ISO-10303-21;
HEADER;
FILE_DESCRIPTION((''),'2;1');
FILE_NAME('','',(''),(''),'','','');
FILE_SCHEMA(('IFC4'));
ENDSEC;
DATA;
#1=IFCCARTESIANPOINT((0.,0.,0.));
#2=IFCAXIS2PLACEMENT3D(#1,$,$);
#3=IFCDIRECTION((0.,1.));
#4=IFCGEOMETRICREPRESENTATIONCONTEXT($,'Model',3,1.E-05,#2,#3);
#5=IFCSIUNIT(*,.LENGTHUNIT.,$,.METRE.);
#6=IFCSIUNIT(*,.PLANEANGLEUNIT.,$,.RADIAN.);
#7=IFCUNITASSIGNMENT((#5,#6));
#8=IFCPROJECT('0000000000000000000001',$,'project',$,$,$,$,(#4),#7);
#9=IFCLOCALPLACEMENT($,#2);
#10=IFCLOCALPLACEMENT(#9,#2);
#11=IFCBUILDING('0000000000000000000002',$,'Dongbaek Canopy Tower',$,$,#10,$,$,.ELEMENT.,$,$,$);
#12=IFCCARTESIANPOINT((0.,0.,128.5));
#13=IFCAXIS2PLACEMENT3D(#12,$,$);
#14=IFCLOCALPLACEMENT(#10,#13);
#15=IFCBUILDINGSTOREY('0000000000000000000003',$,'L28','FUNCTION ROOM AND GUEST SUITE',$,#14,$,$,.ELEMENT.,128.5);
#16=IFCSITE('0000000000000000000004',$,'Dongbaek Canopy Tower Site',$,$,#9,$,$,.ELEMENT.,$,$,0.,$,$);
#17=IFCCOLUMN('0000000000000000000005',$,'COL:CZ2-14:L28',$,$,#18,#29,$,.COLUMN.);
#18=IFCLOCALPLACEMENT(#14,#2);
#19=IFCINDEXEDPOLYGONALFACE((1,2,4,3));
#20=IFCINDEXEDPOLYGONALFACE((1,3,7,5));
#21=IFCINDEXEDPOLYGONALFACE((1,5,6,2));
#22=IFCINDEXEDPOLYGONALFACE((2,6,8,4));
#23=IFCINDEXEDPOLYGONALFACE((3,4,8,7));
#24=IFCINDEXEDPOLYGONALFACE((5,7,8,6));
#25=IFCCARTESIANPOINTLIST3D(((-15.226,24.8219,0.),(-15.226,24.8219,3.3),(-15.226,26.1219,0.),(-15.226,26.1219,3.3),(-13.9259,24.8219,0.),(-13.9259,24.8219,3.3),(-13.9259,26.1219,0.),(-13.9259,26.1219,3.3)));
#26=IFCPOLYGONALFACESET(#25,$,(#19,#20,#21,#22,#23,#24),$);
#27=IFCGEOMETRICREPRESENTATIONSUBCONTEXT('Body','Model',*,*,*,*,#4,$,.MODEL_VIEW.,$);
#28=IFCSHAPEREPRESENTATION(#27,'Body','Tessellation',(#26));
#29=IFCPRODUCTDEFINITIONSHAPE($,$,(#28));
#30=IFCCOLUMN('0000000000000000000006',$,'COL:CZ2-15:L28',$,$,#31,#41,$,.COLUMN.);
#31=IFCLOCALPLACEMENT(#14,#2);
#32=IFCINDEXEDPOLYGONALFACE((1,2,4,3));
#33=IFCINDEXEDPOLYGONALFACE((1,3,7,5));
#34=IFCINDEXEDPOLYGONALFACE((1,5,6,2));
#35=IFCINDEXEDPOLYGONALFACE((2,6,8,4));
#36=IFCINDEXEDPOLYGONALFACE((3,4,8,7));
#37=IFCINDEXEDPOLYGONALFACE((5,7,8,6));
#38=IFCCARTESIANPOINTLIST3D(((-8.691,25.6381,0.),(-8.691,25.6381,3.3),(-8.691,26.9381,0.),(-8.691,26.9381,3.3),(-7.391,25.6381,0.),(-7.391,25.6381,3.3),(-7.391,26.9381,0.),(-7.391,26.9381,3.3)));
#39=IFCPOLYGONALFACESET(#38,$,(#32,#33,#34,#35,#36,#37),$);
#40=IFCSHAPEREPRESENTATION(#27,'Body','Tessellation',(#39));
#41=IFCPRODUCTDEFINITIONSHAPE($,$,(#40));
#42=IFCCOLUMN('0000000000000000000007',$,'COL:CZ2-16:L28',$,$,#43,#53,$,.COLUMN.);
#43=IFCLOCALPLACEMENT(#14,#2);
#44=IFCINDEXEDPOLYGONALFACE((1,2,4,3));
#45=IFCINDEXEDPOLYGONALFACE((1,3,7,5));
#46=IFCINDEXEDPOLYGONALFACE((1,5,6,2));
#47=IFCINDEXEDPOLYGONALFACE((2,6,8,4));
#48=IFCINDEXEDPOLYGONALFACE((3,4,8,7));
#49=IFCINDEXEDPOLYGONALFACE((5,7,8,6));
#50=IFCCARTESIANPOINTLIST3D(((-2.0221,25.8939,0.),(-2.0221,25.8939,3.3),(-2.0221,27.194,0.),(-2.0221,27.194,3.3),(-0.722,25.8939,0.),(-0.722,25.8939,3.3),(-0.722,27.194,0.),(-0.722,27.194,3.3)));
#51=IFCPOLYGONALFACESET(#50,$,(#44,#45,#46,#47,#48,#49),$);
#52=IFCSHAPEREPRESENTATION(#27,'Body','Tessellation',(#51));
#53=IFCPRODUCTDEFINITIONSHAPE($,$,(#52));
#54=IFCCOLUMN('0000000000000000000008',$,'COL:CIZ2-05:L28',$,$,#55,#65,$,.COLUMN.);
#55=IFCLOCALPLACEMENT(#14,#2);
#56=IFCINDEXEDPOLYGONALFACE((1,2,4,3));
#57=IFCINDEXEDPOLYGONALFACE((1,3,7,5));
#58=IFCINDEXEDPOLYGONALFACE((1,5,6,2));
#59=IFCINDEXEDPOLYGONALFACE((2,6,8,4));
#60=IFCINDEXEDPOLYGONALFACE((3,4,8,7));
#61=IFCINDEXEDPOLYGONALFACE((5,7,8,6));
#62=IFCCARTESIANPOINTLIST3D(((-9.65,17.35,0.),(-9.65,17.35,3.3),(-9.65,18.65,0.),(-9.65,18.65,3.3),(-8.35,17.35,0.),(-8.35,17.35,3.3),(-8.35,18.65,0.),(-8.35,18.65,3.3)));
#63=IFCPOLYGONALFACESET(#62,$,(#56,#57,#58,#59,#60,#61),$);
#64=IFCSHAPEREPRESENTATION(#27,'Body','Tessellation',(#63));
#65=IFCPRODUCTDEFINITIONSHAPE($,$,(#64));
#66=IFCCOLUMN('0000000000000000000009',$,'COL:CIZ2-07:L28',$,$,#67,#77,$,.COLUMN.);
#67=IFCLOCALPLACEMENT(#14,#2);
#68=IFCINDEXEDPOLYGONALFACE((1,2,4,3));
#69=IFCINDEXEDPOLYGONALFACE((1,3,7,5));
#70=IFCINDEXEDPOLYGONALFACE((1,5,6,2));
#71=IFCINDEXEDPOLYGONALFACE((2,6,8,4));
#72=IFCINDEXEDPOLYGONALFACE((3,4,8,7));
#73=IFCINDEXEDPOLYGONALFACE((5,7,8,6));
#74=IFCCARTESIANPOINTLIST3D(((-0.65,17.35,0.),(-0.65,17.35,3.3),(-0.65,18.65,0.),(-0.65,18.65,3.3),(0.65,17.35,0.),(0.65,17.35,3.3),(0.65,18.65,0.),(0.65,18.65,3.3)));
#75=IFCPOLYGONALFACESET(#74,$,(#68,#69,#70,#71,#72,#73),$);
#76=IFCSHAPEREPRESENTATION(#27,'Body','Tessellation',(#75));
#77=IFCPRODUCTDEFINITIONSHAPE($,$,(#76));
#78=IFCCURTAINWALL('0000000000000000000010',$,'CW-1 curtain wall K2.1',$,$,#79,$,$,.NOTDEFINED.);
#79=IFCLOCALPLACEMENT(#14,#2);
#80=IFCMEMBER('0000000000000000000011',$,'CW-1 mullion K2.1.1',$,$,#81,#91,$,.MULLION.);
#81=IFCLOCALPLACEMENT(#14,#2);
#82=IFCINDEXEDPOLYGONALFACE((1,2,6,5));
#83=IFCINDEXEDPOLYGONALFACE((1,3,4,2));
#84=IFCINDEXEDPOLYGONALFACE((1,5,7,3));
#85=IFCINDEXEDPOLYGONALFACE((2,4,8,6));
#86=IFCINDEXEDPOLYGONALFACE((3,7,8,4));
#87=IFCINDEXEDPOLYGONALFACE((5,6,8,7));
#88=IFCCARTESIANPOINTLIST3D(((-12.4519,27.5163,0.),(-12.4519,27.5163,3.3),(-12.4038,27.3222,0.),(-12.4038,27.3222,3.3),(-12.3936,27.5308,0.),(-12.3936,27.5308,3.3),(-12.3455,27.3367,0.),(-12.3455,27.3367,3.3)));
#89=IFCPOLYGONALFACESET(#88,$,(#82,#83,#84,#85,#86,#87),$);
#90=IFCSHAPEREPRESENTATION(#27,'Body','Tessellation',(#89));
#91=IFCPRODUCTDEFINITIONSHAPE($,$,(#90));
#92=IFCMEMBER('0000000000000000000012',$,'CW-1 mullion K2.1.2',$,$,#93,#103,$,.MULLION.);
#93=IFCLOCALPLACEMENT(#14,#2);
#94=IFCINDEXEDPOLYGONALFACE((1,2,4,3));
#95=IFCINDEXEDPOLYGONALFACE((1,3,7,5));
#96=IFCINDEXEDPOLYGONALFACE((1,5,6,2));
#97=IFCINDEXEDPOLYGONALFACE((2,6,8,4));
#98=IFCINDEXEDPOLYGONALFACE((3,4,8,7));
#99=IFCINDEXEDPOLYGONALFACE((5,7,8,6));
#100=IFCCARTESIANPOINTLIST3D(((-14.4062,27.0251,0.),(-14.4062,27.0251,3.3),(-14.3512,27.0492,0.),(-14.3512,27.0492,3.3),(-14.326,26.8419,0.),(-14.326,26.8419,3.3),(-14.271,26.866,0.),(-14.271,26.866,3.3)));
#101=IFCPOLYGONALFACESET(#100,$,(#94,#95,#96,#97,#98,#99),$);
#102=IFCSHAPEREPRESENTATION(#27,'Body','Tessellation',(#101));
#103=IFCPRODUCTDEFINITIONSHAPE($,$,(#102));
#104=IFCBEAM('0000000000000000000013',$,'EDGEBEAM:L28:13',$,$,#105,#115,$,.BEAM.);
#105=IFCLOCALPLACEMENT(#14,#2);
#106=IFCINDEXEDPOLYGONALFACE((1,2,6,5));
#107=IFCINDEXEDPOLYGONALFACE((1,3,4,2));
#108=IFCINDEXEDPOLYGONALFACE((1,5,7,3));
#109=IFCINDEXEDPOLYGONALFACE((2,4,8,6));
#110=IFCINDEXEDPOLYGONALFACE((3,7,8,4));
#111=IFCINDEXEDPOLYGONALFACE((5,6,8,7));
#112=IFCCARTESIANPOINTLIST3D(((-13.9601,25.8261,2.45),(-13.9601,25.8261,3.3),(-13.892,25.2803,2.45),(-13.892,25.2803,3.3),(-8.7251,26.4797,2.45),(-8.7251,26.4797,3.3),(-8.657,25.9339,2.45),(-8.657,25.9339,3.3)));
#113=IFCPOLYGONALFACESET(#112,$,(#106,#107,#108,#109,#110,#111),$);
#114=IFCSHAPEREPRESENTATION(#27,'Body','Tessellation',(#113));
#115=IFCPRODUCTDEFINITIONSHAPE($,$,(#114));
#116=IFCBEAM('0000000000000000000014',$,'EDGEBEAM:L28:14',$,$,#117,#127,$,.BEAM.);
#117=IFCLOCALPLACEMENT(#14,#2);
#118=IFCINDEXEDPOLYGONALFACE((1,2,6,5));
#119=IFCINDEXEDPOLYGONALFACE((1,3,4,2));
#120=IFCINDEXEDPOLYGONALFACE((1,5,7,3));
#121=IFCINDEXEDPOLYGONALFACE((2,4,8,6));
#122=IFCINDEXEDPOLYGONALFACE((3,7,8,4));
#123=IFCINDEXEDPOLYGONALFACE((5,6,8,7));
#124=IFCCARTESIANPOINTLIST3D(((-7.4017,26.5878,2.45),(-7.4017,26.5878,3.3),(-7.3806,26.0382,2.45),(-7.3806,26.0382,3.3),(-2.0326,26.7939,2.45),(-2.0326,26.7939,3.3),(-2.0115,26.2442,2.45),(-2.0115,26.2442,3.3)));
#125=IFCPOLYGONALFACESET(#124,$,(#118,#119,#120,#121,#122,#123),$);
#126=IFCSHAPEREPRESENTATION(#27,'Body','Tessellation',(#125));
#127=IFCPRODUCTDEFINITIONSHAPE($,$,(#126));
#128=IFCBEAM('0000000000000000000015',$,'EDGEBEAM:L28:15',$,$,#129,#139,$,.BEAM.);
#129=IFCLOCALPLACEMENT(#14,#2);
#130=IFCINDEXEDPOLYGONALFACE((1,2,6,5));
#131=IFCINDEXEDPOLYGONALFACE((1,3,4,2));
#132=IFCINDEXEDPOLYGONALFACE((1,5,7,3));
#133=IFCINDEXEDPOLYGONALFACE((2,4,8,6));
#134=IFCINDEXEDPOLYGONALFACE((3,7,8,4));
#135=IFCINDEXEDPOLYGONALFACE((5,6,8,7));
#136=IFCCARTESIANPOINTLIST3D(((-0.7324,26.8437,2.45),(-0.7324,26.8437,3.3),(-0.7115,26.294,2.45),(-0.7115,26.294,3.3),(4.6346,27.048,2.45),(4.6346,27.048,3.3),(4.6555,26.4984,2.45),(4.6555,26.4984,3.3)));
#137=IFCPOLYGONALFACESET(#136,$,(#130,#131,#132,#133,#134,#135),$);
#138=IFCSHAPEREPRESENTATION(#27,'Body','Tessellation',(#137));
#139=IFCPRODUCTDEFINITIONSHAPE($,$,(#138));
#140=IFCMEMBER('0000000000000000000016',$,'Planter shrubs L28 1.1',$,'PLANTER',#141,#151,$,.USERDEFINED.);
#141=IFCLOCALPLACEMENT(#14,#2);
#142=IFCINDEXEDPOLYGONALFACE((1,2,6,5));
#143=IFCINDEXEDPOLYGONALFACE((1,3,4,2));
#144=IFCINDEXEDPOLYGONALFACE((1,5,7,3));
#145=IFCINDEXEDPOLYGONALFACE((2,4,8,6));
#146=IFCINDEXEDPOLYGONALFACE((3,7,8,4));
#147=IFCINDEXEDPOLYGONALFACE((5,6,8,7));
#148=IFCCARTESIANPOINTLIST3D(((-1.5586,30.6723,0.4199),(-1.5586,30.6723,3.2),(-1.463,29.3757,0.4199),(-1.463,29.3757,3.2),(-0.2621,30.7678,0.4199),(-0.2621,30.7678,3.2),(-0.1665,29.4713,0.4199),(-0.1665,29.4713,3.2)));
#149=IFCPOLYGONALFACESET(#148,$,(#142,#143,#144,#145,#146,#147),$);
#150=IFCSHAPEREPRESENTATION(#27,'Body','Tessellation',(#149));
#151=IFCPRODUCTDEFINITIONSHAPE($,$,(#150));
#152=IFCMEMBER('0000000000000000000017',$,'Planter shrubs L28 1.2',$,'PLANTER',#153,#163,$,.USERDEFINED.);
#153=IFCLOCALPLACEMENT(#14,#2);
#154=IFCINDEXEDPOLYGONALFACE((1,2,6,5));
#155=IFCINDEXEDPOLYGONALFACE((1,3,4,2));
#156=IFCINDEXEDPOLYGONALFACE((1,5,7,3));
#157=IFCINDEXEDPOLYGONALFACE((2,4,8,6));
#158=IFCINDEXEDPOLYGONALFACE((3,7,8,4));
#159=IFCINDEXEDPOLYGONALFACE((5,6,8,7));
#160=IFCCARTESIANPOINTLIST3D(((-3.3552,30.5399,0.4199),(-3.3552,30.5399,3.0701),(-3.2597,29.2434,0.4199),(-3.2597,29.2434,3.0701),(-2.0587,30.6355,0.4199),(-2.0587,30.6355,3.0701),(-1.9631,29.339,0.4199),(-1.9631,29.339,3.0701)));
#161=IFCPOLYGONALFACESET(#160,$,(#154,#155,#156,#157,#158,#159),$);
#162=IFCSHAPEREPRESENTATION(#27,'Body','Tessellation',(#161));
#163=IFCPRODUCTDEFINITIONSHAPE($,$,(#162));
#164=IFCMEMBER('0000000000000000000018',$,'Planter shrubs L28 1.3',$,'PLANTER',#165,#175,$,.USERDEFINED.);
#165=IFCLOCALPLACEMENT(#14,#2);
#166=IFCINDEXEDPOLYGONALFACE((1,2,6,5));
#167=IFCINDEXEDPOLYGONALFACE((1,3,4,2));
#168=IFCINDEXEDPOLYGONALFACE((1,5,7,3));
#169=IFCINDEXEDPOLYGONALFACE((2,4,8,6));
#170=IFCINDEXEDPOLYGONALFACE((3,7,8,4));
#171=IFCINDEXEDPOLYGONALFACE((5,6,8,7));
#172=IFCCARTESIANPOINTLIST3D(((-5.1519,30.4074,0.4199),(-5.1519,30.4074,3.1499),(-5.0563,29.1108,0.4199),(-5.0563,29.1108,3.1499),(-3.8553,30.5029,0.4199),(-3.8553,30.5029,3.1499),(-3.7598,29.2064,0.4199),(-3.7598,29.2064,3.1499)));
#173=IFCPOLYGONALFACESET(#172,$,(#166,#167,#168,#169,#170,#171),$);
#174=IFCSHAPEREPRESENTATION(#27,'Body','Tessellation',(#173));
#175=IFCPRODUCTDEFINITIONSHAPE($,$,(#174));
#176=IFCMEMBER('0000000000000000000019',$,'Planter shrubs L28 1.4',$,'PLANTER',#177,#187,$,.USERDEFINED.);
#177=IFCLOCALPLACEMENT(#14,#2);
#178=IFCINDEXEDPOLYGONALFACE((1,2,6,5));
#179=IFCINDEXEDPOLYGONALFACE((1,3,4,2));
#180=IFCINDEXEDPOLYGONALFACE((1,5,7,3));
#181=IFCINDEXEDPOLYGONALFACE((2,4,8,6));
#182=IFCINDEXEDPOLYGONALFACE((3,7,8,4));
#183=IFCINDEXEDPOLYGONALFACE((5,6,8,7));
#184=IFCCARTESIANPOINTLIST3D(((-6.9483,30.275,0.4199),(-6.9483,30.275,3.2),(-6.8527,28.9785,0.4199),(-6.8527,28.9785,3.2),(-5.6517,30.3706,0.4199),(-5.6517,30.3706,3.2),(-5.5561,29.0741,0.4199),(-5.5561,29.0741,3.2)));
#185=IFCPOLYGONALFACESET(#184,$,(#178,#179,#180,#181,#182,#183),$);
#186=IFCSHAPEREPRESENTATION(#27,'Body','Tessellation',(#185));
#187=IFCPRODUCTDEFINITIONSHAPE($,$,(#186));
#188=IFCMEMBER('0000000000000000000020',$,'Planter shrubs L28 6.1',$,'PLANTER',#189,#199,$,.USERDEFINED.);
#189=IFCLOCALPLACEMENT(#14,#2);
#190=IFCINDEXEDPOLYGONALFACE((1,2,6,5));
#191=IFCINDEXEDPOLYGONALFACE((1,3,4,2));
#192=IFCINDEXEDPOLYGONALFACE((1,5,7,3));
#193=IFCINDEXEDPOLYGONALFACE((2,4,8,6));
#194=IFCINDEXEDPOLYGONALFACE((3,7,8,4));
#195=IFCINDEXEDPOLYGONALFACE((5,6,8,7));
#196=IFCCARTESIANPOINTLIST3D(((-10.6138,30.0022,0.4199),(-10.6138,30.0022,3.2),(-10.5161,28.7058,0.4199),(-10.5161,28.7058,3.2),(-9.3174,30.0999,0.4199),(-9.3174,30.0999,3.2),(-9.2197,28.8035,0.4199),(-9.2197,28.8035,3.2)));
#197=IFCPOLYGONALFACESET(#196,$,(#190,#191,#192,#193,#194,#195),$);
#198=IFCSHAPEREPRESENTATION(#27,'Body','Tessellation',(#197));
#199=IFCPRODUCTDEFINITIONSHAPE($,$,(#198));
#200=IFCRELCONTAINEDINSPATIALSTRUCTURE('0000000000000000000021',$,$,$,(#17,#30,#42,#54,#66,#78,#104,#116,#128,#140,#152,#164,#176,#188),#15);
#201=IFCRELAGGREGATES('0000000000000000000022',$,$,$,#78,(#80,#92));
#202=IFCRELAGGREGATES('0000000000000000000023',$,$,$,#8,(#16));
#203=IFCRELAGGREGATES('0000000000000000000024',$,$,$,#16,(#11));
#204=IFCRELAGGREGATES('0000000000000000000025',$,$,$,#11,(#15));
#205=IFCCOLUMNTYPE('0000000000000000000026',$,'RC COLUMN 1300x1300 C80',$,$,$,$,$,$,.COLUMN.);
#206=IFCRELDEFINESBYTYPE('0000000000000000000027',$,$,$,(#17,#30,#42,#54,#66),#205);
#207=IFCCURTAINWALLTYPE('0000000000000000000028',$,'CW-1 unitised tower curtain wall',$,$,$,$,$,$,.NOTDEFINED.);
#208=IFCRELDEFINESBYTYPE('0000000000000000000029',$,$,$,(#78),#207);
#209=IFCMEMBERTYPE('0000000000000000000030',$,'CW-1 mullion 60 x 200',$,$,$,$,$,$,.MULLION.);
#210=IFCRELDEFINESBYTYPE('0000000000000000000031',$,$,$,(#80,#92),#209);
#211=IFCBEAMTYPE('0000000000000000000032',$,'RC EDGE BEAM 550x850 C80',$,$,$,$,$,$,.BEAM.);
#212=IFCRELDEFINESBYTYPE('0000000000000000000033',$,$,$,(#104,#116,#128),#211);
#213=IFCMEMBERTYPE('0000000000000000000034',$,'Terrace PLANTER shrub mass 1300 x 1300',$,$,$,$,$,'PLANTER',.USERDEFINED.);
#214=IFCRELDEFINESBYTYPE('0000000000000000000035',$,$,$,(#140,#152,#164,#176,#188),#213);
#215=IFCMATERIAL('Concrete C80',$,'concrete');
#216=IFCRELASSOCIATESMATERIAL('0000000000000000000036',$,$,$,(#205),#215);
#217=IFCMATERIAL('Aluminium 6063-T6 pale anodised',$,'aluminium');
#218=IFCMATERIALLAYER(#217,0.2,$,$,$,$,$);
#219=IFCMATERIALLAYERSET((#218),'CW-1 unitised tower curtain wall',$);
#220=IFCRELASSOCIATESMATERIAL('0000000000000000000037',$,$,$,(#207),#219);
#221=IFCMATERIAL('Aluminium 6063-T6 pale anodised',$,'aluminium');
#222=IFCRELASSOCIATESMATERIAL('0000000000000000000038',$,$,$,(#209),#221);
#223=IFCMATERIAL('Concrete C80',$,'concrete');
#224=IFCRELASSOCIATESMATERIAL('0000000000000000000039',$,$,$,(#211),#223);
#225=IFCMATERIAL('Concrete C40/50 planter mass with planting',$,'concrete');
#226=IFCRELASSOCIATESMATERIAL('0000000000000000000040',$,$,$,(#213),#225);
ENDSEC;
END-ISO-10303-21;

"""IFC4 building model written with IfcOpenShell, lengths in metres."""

from ifc_helpers import new_model, si_unit, direction, frame, origin, origin_2d, place, context, subcontext, project, spatial, rectangle, extrude, material, layer, layer_set, material_profile, profile_set, type_object, element, aggregate, save


model = new_model("IFC4")

# Units and contexts
model_context = context("Model", 3, precision=1e-05, world=origin(), true_north=direction((0.0, 1.0)))
body_context = subcontext(model_context, "Body", "Model", "MODEL_VIEW")
ifc_project = project(units=[si_unit("LENGTHUNIT", "METRE"), si_unit("PLANEANGLEUNIT", "RADIAN")], contexts=[model_context])

# Site, building, storey
site_placement = place(None, origin())
site = spatial("IfcSite", under=ifc_project, at=site_placement, Name="Dongbaek Canopy Tower Site", CompositionType="ELEMENT", RefElevation=0.0)
building_placement = place(site_placement, origin())
building = spatial("IfcBuilding", under=site, at=building_placement, Name="Dongbaek Canopy Tower", CompositionType="ELEMENT")
storey_placement = place(building_placement, frame((0.0, 0.0, 128.5)))
storey = spatial("IfcBuildingStorey", under=building, at=storey_placement, Name="L28", Description="FUNCTION ROOM AND GUEST SUITE", CompositionType="ELEMENT", Elevation=128.5)

# Columns
ifc_material_1 = material(Name="Concrete C80", Category="concrete")
ifc_material_profile_1 = material_profile(ifc_material_1, rectangle(XDim=1.3, YDim=1.3, at=origin_2d()), Name="RC COLUMN 1300x1300 C80")
ifc_profile_set_1 = profile_set([ifc_material_profile_1], Name="Concrete C80")
column_type = type_object("IfcColumnType", Name="RC COLUMN 1300x1300 C80", PredefinedType="COLUMN", material=ifc_profile_set_1)
for number, where, z_axis, x_axis, name in (
    (1, (-14.5759, 25.4719, 0.0), (0.0, 0.0, 1.0), (1.0, 0.0, 0.0), "COL:CZ2-14:L28"),
    (2, (-8.041, 26.2881, 0.0), (0.0, 0.0, 1.0), (1.0, 0.0, 0.0), "COL:CZ2-15:L28"),
    (3, (-1.3721, 26.5439, 0.0), (0.0, 0.0, 1.0), (1.0, 0.0, 0.0), "COL:CZ2-16:L28"),
    (4, (-9.0, 18.0, 0.0), (0.0, 0.0, 1.0), (1.0, 0.0, 0.0), "COL:CIZ2-05:L28"),
    (5, (0.0, 18.0, 0.0), (0.0, 0.0, 1.0), (1.0, 0.0, 0.0), "COL:CIZ2-07:L28"),
):
    element("IfcColumn", number, at=place(storey_placement, frame(where, z_axis=z_axis, x_axis=x_axis)), inside=storey, type_object=column_type, Name=name, PredefinedType="COLUMN", context=body_context, shape_type="SweptSolid", body=[
        extrude(rectangle(XDim=1.3, YDim=1.3, at=origin_2d()), origin(), (0.0, 0.0, 1.0), 3.3),
    ])

# Curtain wall, members
ifc_material_2 = material(Name="Aluminium 6063-T6 pale anodised", Category="aluminium")
ifc_layer_1 = layer(ifc_material_2, 0.2)
ifc_layer_set_1 = layer_set([ifc_layer_1], Name="CW-1 unitised tower curtain wall")
curtain_wall_type = type_object("IfcCurtainWallType", Name="CW-1 unitised tower curtain wall", PredefinedType="NOTDEFINED", material=ifc_layer_set_1)
curtain_wall_placement = place(storey_placement, origin())
curtain_wall = element("IfcCurtainWall", 6, at=curtain_wall_placement, inside=storey, type_object=curtain_wall_type, Name="CW-1 curtain wall K2.1", PredefinedType="NOTDEFINED")
ifc_material_3 = material(Name="Aluminium 6063-T6 pale anodised", Category="aluminium")
ifc_material_profile_2 = material_profile(ifc_material_3, rectangle(XDim=0.2, YDim=0.0601, at=origin_2d()), Name="CW-1 mullion 60 x 200")
ifc_profile_set_2 = profile_set([ifc_material_profile_2], Name="Aluminium 6063-T6 pale anodised")
member_type_1 = type_object("IfcMemberType", Name="CW-1 mullion 60 x 200", PredefinedType="MULLION", material=ifc_profile_set_2)
member_1_placement = place(storey_placement, frame((-12.3987, 27.4265, 0.0), z_axis=(0.0, 0.0, 1.0), x_axis=(-0.240709, 0.970597, 0.0)))
member_1 = element("IfcMember", 7, at=member_1_placement, type_object=member_type_1, Name="CW-1 mullion K2.1.1", PredefinedType="MULLION", context=body_context, shape_type="SweptSolid", body=[
    extrude(rectangle(XDim=0.2, YDim=0.0601, at=origin_2d()), origin(), (0.0, 0.0, 1.0), 3.3),
])
member_2_placement = place(storey_placement, frame((-14.3386, 26.9456, 0.0), z_axis=(0.0, 0.0, 1.0), x_axis=(-0.400999, 0.916079, 0.0)))
member_2 = element("IfcMember", 8, at=member_2_placement, type_object=member_type_1, Name="CW-1 mullion K2.1.2", PredefinedType="MULLION", context=body_context, shape_type="SweptSolid", body=[
    extrude(rectangle(XDim=0.2, YDim=0.0601, at=origin_2d()), origin(), (0.0, 0.0, 1.0), 3.3),
])

# Beams
ifc_material_4 = material(Name="Concrete C80", Category="concrete")
ifc_material_profile_3 = material_profile(ifc_material_4, rectangle(XDim=0.55, YDim=0.8501, at=origin_2d()), Name="RC EDGE BEAM 550x850 C80")
ifc_profile_set_3 = profile_set([ifc_material_profile_3], Name="Concrete C80")
beam_type = type_object("IfcBeamType", Name="RC EDGE BEAM 550x850 C80", PredefinedType="BEAM", material=ifc_profile_set_3)
beam_1_placement = place(storey_placement, frame((-13.926, 25.5532, 2.875), z_axis=(0.992297, 0.123881, 0.0), x_axis=(-0.123881, 0.992297, 0.0)))
element("IfcBeam", 9, at=beam_1_placement, inside=storey, type_object=beam_type, Name="EDGEBEAM:L28:13", PredefinedType="BEAM", context=body_context, shape_type="SweptSolid", body=[
    extrude(rectangle(XDim=0.55, YDim=0.8501, at=origin_2d()), origin(), (0.0, 0.0, 1.0), 5.2756),
])
beam_2_placement = place(storey_placement, frame((-7.3911, 26.313, 2.875), z_axis=(0.999264, 0.038349, 0.0), x_axis=(-0.038349, 0.999264, 0.0)))
element("IfcBeam", 10, at=beam_2_placement, inside=storey, type_object=beam_type, Name="EDGEBEAM:L28:14", PredefinedType="BEAM", context=body_context, shape_type="SweptSolid", body=[
    extrude(rectangle(XDim=0.55, YDim=0.8501, at=origin_2d()), origin(), (0.0, 0.0, 1.0), 5.373),
])
beam_3_placement = place(storey_placement, frame((-0.7219, 26.5688, 2.875), z_axis=(0.999276, 0.038047, 0.0), x_axis=(-0.038047, 0.999276, 0.0)))
element("IfcBeam", 11, at=beam_3_placement, inside=storey, type_object=beam_type, Name="EDGEBEAM:L28:15", PredefinedType="BEAM", context=body_context, shape_type="SweptSolid", body=[
    extrude(rectangle(XDim=0.55, YDim=0.8501, at=origin_2d()), origin(), (0.0, 0.0, 1.0), 5.3708),
])

# Members
ifc_material_5 = material(Name="Concrete C40/50 planter mass with planting", Category="concrete")
ifc_material_profile_4 = material_profile(ifc_material_5, rectangle(XDim=1.3, YDim=1.3, at=origin_2d()), Name="Terrace PLANTER shrub mass 1300 x 1300")
ifc_profile_set_4 = profile_set([ifc_material_profile_4], Name="Concrete C40/50 planter mass with planting")
member_type_2 = type_object("IfcMemberType", Name="Terrace PLANTER shrub mass 1300 x 1300", ElementType="PLANTER", PredefinedType="USERDEFINED", material=ifc_profile_set_4)
member_3_placement = place(storey_placement, frame((-0.8625, 30.0718, 0.4199), z_axis=(0.0, 0.0, 1.0), x_axis=(-0.073519, 0.997294, 0.0)))
element("IfcMember", 12, at=member_3_placement, inside=storey, type_object=member_type_2, Name="Planter shrubs L28 1.1", ObjectType="PLANTER", PredefinedType="USERDEFINED", context=body_context, shape_type="SweptSolid", body=[
    extrude(rectangle(XDim=1.3, YDim=1.3, at=origin_2d()), origin(), (0.0, 0.0, 1.0), 2.78),
])
member_4_placement = place(storey_placement, frame((-2.6592, 29.9395, 0.4199), z_axis=(0.0, 0.0, 1.0), x_axis=(-0.073519, 0.997294, 0.0)))
element("IfcMember", 13, at=member_4_placement, inside=storey, type_object=member_type_2, Name="Planter shrubs L28 1.2", ObjectType="PLANTER", PredefinedType="USERDEFINED", context=body_context, shape_type="SweptSolid", body=[
    extrude(rectangle(XDim=1.3, YDim=1.3, at=origin_2d()), origin(), (0.0, 0.0, 1.0), 2.6501),
])
member_5_placement = place(storey_placement, frame((-4.4558, 29.8069, 0.4199), z_axis=(0.0, 0.0, 1.0), x_axis=(-0.073519, 0.997294, 0.0)))
element("IfcMember", 14, at=member_5_placement, inside=storey, type_object=member_type_2, Name="Planter shrubs L28 1.3", ObjectType="PLANTER", PredefinedType="USERDEFINED", context=body_context, shape_type="SweptSolid", body=[
    extrude(rectangle(XDim=1.3, YDim=1.3, at=origin_2d()), origin(), (0.0, 0.0, 1.0), 2.73),
])
for number, where, z_axis, x_axis, name in (
    (15, (-6.2522, 29.6746, 0.4199), (0.0, 0.0, 1.0), (-0.073519, 0.997294, 0.0), "Planter shrubs L28 1.4"),
    (16, (-9.9167, 29.4028, 0.4199), (0.0, 0.0, 1.0), (-0.075156, 0.997172, 0.0), "Planter shrubs L28 6.1"),
):
    element("IfcMember", number, at=place(storey_placement, frame(where, z_axis=z_axis, x_axis=x_axis)), inside=storey, type_object=member_type_2, Name=name, ObjectType="PLANTER", PredefinedType="USERDEFINED", context=body_context, shape_type="SweptSolid", body=[
        extrude(rectangle(XDim=1.3, YDim=1.3, at=origin_2d()), origin(), (0.0, 0.0, 1.0), 2.78),
    ])

aggregate(curtain_wall, [member_1, member_2])

save(model, "model.ifc")
